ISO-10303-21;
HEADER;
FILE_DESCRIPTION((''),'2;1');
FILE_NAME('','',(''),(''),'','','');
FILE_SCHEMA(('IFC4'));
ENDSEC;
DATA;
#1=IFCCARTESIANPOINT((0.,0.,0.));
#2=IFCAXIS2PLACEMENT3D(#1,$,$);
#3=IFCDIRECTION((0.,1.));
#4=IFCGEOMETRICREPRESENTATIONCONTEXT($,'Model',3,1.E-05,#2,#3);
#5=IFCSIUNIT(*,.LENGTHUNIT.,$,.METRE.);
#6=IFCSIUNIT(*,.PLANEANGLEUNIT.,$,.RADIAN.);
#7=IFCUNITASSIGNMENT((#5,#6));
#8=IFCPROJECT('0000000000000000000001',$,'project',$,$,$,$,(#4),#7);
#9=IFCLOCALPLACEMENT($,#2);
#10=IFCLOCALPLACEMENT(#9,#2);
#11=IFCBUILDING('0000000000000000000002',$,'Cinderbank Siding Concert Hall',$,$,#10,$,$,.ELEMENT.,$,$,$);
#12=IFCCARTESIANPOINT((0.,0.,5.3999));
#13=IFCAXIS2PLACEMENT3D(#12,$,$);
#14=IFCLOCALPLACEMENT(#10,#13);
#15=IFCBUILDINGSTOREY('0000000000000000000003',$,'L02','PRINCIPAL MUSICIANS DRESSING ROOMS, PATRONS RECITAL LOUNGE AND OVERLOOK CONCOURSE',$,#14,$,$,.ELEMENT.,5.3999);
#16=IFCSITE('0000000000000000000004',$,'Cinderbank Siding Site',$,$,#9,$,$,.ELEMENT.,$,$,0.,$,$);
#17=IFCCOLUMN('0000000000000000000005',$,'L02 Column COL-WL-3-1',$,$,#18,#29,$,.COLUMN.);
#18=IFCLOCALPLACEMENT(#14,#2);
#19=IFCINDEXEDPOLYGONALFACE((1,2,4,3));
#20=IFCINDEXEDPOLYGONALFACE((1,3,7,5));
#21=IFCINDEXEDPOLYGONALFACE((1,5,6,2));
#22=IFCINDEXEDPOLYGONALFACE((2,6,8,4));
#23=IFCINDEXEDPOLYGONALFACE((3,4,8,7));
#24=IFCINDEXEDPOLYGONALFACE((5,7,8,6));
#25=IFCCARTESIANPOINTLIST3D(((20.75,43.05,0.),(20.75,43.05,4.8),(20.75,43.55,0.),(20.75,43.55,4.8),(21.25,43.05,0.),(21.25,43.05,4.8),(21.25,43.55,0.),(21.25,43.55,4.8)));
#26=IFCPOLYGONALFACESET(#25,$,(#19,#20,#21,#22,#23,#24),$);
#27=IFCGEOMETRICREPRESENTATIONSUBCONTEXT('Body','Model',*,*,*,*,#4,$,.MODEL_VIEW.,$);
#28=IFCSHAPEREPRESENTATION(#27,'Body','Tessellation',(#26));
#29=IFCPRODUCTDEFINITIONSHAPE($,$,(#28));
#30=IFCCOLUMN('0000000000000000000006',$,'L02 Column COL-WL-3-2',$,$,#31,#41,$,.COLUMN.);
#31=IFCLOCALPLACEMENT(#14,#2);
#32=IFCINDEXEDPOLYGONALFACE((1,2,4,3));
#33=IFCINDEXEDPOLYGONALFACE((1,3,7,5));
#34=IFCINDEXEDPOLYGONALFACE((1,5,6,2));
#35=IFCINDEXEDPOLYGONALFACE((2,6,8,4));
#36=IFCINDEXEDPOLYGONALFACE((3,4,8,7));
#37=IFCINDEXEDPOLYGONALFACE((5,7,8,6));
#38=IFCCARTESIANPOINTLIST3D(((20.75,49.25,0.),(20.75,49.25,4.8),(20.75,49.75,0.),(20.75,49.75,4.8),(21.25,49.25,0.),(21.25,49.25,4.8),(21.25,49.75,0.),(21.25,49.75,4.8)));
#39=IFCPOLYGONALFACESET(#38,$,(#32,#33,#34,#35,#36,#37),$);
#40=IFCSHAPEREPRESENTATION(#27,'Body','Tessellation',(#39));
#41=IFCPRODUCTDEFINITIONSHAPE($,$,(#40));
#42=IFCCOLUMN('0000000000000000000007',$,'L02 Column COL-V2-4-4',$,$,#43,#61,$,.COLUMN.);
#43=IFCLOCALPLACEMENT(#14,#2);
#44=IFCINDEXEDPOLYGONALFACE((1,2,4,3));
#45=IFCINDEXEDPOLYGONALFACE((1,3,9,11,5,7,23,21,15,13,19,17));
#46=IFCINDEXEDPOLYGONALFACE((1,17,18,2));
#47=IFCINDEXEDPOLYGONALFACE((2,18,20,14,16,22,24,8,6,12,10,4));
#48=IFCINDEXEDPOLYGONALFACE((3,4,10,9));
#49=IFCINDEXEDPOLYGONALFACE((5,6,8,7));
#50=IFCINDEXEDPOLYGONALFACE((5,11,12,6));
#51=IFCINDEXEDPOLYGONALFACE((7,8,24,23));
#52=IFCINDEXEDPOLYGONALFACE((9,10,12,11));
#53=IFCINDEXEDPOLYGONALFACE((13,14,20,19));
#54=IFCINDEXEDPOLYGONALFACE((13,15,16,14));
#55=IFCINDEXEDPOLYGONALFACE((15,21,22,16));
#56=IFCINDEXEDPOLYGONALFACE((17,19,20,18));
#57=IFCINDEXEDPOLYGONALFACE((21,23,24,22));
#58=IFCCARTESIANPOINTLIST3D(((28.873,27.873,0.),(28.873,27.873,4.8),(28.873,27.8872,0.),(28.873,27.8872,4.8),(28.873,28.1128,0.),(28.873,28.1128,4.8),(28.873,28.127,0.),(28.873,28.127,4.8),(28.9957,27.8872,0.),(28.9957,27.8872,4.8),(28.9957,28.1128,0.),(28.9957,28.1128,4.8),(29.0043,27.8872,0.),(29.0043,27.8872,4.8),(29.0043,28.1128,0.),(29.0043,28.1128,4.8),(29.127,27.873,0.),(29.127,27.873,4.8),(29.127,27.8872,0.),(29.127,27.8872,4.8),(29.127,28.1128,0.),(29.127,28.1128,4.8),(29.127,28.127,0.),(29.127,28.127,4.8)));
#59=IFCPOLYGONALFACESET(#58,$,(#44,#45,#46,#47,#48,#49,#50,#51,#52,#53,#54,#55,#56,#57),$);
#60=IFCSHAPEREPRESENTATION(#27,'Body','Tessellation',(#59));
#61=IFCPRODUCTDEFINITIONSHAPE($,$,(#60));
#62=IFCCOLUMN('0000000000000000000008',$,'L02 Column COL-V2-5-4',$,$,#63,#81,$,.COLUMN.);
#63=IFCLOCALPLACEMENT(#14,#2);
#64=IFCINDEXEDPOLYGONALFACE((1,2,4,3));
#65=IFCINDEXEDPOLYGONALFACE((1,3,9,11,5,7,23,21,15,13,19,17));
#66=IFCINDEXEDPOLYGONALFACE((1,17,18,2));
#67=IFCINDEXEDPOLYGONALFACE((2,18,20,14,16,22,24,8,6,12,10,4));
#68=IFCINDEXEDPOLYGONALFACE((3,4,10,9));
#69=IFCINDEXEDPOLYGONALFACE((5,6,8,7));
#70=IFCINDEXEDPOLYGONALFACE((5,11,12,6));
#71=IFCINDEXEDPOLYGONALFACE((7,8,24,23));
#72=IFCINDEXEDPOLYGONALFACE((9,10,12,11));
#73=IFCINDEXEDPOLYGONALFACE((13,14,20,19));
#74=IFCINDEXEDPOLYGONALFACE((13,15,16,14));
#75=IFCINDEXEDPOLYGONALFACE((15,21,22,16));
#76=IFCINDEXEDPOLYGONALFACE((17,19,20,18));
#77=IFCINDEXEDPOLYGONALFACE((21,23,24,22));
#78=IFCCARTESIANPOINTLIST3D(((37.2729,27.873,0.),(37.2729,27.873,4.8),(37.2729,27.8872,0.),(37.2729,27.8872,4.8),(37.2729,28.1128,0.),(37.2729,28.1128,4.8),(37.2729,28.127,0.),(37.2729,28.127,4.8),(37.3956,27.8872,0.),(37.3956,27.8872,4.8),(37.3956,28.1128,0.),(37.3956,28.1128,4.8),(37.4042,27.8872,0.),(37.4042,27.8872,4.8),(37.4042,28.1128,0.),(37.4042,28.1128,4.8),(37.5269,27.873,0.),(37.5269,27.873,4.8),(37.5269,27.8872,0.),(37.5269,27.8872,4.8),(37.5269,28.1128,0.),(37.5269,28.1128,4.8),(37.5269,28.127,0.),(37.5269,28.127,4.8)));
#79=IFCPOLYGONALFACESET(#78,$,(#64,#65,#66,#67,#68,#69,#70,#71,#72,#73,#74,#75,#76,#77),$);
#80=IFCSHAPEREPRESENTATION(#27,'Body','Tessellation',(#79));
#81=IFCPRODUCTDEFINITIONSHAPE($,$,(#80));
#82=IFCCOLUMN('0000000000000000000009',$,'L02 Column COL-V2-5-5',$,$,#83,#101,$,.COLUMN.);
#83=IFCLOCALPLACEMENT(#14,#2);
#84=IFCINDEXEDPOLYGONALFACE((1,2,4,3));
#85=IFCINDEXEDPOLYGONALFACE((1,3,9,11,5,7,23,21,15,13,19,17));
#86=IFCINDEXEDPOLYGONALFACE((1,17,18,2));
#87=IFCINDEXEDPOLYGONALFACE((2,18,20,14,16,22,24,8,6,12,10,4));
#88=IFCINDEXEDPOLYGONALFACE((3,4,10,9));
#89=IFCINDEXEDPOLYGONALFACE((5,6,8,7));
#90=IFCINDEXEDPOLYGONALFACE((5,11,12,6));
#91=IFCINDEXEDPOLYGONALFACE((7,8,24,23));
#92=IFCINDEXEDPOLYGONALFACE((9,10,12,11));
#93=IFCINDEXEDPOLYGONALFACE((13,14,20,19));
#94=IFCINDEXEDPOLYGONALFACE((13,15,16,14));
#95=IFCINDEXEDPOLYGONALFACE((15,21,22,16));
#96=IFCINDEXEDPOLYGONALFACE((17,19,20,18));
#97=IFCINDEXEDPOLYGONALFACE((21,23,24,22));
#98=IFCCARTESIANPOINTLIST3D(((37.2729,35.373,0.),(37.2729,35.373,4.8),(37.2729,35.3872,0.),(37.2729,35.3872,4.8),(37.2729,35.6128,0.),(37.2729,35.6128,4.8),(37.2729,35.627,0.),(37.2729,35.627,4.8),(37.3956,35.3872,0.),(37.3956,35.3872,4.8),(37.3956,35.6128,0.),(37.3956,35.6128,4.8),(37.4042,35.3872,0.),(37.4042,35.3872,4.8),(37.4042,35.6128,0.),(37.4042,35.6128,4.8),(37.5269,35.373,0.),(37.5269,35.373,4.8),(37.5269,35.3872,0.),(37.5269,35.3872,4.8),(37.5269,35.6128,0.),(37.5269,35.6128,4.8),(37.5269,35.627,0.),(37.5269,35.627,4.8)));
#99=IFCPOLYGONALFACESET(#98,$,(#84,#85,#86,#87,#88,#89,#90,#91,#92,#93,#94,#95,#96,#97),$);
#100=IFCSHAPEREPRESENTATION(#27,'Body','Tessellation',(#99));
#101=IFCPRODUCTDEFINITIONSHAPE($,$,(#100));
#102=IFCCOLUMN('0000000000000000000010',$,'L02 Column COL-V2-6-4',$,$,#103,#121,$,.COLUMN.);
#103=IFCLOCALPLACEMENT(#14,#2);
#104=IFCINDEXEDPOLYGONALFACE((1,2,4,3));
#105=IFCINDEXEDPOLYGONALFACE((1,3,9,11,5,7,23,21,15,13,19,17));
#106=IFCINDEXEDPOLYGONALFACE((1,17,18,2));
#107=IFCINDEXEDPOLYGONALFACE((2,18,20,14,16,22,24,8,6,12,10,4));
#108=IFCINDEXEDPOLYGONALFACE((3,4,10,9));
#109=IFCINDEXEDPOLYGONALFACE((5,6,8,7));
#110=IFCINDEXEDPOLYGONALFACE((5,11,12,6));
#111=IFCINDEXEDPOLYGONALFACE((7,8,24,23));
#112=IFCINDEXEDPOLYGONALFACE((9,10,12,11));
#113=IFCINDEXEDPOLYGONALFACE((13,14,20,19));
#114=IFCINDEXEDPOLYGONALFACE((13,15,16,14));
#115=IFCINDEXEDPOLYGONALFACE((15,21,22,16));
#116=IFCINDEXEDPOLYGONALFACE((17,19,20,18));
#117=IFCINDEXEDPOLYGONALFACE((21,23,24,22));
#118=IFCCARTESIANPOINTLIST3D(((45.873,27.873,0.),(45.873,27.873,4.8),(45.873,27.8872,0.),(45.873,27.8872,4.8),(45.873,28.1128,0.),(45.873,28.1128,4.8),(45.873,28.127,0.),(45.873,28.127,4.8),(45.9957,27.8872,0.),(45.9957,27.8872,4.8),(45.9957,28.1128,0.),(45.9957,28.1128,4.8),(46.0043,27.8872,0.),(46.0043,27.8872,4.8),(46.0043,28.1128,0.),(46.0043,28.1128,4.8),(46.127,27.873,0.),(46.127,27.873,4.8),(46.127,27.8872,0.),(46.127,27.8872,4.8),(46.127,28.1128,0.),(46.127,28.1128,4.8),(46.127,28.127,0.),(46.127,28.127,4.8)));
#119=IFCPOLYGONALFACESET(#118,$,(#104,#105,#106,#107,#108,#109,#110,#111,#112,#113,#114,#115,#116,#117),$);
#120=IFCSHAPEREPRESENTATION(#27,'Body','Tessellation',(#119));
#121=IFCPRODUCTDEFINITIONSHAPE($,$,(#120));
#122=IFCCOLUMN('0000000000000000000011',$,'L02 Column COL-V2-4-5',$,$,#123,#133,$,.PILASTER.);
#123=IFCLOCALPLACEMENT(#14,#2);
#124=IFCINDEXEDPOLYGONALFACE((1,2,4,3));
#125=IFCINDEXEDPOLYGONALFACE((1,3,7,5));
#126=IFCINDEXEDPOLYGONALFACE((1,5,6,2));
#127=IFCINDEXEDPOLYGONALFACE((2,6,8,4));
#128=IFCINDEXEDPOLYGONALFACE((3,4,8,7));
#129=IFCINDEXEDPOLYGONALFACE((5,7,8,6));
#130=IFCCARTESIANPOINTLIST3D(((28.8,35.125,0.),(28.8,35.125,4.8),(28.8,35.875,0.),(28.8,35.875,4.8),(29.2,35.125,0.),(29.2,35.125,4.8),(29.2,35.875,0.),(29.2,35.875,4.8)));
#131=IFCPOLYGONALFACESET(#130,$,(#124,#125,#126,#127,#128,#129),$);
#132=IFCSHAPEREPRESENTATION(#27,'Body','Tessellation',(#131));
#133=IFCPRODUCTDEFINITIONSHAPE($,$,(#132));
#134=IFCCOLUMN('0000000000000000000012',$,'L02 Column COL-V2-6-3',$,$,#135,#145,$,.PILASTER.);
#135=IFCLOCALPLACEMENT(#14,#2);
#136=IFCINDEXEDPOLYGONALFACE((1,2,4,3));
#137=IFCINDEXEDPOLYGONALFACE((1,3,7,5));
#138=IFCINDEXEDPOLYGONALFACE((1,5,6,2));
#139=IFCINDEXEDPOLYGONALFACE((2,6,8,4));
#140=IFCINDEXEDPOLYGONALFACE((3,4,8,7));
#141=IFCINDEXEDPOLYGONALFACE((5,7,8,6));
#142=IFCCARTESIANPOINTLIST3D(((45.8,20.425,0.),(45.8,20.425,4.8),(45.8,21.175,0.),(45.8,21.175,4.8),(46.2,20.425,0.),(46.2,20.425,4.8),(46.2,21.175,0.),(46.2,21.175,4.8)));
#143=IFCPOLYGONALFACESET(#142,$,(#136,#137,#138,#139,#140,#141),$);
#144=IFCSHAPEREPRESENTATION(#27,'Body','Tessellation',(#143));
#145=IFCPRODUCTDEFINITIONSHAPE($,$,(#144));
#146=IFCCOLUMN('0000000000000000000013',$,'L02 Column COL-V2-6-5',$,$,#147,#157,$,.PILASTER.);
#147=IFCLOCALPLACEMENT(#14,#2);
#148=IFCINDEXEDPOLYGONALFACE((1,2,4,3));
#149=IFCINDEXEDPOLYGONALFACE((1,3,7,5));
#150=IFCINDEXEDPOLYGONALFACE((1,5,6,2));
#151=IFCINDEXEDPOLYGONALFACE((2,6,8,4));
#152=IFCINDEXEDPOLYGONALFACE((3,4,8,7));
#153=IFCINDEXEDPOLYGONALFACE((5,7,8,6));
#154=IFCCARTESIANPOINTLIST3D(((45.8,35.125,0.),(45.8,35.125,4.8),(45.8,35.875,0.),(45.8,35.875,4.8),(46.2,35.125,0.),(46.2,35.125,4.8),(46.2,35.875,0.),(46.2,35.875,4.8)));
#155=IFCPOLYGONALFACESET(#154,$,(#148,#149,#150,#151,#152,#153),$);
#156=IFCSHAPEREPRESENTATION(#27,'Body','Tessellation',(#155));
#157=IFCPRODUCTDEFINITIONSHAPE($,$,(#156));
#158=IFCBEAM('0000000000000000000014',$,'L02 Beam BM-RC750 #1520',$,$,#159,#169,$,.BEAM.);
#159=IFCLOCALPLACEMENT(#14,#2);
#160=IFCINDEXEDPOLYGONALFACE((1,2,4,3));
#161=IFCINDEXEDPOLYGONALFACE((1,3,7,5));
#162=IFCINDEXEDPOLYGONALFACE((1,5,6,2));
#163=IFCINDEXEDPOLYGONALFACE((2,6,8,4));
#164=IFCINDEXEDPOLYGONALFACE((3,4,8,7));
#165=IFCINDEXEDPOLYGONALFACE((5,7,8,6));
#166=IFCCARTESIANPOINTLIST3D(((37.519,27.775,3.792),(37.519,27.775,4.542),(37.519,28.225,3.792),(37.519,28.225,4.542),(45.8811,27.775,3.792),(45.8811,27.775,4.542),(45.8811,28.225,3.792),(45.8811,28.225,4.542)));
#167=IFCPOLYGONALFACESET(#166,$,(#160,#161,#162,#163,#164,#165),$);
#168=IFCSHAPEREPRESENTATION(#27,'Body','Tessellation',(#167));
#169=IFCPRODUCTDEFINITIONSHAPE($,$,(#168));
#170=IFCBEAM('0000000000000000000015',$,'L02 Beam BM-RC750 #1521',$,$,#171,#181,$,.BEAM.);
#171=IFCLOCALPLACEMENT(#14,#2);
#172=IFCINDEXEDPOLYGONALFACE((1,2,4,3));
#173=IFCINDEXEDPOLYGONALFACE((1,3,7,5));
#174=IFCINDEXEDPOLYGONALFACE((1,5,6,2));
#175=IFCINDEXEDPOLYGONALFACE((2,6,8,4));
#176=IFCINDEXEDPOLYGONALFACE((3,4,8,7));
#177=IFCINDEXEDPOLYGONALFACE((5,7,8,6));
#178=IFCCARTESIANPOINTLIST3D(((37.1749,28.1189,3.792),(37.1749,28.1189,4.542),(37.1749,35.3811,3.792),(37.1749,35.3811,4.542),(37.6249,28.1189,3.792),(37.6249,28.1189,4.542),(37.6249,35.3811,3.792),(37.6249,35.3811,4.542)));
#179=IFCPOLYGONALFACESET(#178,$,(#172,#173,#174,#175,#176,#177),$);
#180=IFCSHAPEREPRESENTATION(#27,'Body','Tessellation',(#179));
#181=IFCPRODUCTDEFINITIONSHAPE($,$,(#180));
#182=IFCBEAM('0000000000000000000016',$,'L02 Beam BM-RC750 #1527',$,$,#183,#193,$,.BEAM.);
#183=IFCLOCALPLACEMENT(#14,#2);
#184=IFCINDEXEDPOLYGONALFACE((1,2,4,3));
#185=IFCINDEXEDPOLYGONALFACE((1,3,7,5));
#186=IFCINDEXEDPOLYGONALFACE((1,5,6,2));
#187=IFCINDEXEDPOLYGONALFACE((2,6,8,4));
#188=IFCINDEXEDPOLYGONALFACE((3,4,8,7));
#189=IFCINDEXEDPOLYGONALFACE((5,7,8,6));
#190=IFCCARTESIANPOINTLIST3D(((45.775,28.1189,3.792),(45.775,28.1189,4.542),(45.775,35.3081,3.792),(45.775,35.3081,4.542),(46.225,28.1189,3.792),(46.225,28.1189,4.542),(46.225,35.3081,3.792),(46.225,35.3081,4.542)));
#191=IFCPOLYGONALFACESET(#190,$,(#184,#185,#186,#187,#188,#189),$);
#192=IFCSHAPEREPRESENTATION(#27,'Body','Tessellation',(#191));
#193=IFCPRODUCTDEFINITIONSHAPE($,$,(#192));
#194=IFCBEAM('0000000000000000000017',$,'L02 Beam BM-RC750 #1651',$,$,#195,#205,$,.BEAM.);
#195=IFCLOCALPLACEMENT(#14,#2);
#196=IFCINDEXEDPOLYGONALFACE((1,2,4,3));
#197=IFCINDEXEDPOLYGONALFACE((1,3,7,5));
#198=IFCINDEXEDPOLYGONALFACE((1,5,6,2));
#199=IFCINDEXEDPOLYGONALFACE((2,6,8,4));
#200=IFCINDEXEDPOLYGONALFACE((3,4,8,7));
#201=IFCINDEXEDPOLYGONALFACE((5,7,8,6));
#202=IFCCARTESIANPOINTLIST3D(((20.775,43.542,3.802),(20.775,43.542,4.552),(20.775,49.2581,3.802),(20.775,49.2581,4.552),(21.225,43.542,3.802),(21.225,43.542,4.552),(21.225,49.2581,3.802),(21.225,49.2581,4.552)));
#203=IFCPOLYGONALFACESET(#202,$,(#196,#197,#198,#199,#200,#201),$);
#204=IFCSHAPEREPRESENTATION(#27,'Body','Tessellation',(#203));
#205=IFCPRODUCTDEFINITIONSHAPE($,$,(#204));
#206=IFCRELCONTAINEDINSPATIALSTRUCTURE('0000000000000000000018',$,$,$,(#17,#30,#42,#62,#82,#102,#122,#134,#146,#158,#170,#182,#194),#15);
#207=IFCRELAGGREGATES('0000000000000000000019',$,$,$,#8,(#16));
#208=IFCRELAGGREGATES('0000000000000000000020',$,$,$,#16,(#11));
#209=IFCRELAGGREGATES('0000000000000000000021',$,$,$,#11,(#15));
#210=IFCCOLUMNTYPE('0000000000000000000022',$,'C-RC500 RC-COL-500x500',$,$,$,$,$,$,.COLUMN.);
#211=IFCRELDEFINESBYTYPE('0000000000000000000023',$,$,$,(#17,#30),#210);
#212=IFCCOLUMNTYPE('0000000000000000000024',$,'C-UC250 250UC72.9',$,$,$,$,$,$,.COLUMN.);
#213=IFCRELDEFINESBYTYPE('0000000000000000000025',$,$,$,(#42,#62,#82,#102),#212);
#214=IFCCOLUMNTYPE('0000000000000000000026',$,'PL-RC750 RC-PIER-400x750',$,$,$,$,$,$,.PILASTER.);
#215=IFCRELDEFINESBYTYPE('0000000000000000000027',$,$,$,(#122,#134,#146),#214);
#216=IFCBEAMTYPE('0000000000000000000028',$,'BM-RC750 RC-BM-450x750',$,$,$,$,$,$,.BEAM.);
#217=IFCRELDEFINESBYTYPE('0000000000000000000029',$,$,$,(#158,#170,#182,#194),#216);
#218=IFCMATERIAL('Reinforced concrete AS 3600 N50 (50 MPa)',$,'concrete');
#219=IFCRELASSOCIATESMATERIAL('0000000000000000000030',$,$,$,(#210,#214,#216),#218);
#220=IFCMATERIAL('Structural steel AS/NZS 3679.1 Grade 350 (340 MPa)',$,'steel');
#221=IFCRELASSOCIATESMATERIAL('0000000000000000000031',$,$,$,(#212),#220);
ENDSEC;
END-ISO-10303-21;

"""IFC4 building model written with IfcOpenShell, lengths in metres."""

from ifc_helpers import new_model, si_unit, direction, frame, origin, origin_2d, place, context, subcontext, project, spatial, rectangle, i_section, extrude, material, material_profile, profile_set, type_object, element, save


model = new_model("IFC4")

# Units and contexts
model_context = context("Model", 3, precision=1e-05, world=origin(), true_north=direction((0.0, 1.0)))
body_context = subcontext(model_context, "Body", "Model", "MODEL_VIEW")
ifc_project = project(units=[si_unit("LENGTHUNIT", "METRE"), si_unit("PLANEANGLEUNIT", "RADIAN")], contexts=[model_context])

# Site, building, storey
site_placement = place(None, origin())
site = spatial("IfcSite", under=ifc_project, at=site_placement, Name="Cinderbank Siding Site", CompositionType="ELEMENT", RefElevation=0.0)
building_placement = place(site_placement, origin())
building = spatial("IfcBuilding", under=site, at=building_placement, Name="Cinderbank Siding Concert Hall", CompositionType="ELEMENT")
storey_placement = place(building_placement, frame((0.0, 0.0, 5.3999)))
storey = spatial("IfcBuildingStorey", under=building, at=storey_placement, Name="L02", Description="PRINCIPAL MUSICIANS DRESSING ROOMS, PATRONS RECITAL LOUNGE AND OVERLOOK CONCOURSE", CompositionType="ELEMENT", Elevation=5.3999)

# Columns
ifc_material_1 = material(Name="Reinforced concrete AS 3600 N50 (50 MPa)", Category="concrete")
ifc_material_profile_1 = material_profile(ifc_material_1, rectangle(XDim=0.5, YDim=0.5, at=origin_2d()), Name="RC-COL-500x500", Category="LoadBearing")
ifc_profile_set_1 = profile_set([ifc_material_profile_1], Name="Reinforced concrete AS 3600 N50 (50 MPa)")
column_type_1 = type_object("IfcColumnType", Name="C-RC500 RC-COL-500x500", PredefinedType="COLUMN", material=ifc_profile_set_1)
for number, where, z_axis, x_axis, name in (
    (1, (21.0, 43.3, 0.0), (0.0, 0.0, 1.0), (1.0, 0.0, 0.0), "L02 Column COL-WL-3-1"),
    (2, (21.0, 49.5, 0.0), (0.0, 0.0, 1.0), (1.0, 0.0, 0.0), "L02 Column COL-WL-3-2"),
):
    element("IfcColumn", number, at=place(storey_placement, frame(where, z_axis=z_axis, x_axis=x_axis)), inside=storey, type_object=column_type_1, Name=name, PredefinedType="COLUMN", context=body_context, shape_type="SweptSolid", body=[
        extrude(rectangle(XDim=0.5, YDim=0.5, at=origin_2d()), origin(), (0.0, 0.0, 1.0), 4.8),
    ])
ifc_material_2 = material(Name="Structural steel AS/NZS 3679.1 Grade 350 (340 MPa)", Category="steel")
ifc_material_profile_2 = material_profile(ifc_material_2, i_section(OverallWidth=0.2539, OverallDepth=0.2539, WebThickness=0.0085, FlangeThickness=0.0142, at=origin_2d()), Name="250UC72.9", Category="LoadBearing")
ifc_profile_set_2 = profile_set([ifc_material_profile_2], Name="Structural steel AS/NZS 3679.1 Grade 350 (340 MPa)")
column_type_2 = type_object("IfcColumnType", Name="C-UC250 250UC72.9", PredefinedType="COLUMN", material=ifc_profile_set_2)
for number, where, z_axis, x_axis, name in (
    (3, (29.0, 28.0, 0.0), (0.0, 0.0, 1.0), (1.0, 0.0, 0.0), "L02 Column COL-V2-4-4"),
    (4, (37.3999, 28.0, 0.0), (0.0, 0.0, 1.0), (1.0, 0.0, 0.0), "L02 Column COL-V2-5-4"),
    (5, (37.3999, 35.5, 0.0), (0.0, 0.0, 1.0), (1.0, 0.0, 0.0), "L02 Column COL-V2-5-5"),
    (6, (46.0, 28.0, 0.0), (0.0, 0.0, 1.0), (1.0, 0.0, 0.0), "L02 Column COL-V2-6-4"),
):
    element("IfcColumn", number, at=place(storey_placement, frame(where, z_axis=z_axis, x_axis=x_axis)), inside=storey, type_object=column_type_2, Name=name, PredefinedType="COLUMN", context=body_context, shape_type="SweptSolid", body=[
        extrude(i_section(OverallWidth=0.2539, OverallDepth=0.2539, WebThickness=0.0085, FlangeThickness=0.0142, at=origin_2d()), origin(), (0.0, 0.0, 1.0), 4.8),
    ])
ifc_material_profile_3 = material_profile(ifc_material_1, rectangle(XDim=0.3999, YDim=0.75, at=origin_2d()), Name="RC-PIER-400x750", Category="LoadBearing")
ifc_profile_set_3 = profile_set([ifc_material_profile_3], Name="Reinforced concrete AS 3600 N50 (50 MPa)")
column_type_3 = type_object("IfcColumnType", Name="PL-RC750 RC-PIER-400x750", PredefinedType="PILASTER", material=ifc_profile_set_3)
for number, where, z_axis, x_axis, name in (
    (7, (29.0, 35.5, 0.0), (0.0, 0.0, 1.0), (1.0, 0.0, 0.0), "L02 Column COL-V2-4-5"),
    (8, (46.0, 20.8, 0.0), (0.0, 0.0, 1.0), (1.0, 0.0, 0.0), "L02 Column COL-V2-6-3"),
    (9, (46.0, 35.5, 0.0), (0.0, 0.0, 1.0), (1.0, 0.0, 0.0), "L02 Column COL-V2-6-5"),
):
    element("IfcColumn", number, at=place(storey_placement, frame(where, z_axis=z_axis, x_axis=x_axis)), inside=storey, type_object=column_type_3, Name=name, PredefinedType="PILASTER", context=body_context, shape_type="SweptSolid", body=[
        extrude(rectangle(XDim=0.3999, YDim=0.75, at=origin_2d()), origin(), (0.0, 0.0, 1.0), 4.8),
    ])

# Beams
ifc_material_profile_4 = material_profile(ifc_material_1, rectangle(XDim=0.45, YDim=0.75, at=origin_2d()), Name="RC-BM-450x750", Category="LoadBearing")
ifc_profile_set_4 = profile_set([ifc_material_profile_4], Name="Reinforced concrete AS 3600 N50 (50 MPa)")
beam_type_1 = type_object("IfcBeamType", Name="BM-RC750 RC-BM-450x750", PredefinedType="BEAM", material=ifc_profile_set_4)
beam_1_placement = place(storey_placement, frame((37.519, 28.0, 4.167), z_axis=(1.0, 0.0, 0.0), x_axis=(0.0, 1.0, 0.0)))
element("IfcBeam", 10, at=beam_1_placement, inside=storey, type_object=beam_type_1, Name="L02 Beam BM-RC750 #1520", PredefinedType="BEAM", context=body_context, shape_type="SweptSolid", body=[
    extrude(rectangle(XDim=0.45, YDim=0.75, at=origin_2d()), origin(), (0.0, 0.0, 1.0), 8.3621),
])
beam_2_placement = place(storey_placement, frame((37.3999, 28.1189, 4.167), z_axis=(0.0, 1.0, 0.0), x_axis=(-1.0, 0.0, 0.0)))
element("IfcBeam", 11, at=beam_2_placement, inside=storey, type_object=beam_type_1, Name="L02 Beam BM-RC750 #1521", PredefinedType="BEAM", context=body_context, shape_type="SweptSolid", body=[
    extrude(rectangle(XDim=0.45, YDim=0.75, at=origin_2d()), origin(), (0.0, 0.0, 1.0), 7.2622),
])
beam_3_placement = place(storey_placement, frame((46.0, 28.1189, 4.167), z_axis=(0.0, 1.0, 0.0), x_axis=(-1.0, 0.0, 0.0)))
element("IfcBeam", 12, at=beam_3_placement, inside=storey, type_object=beam_type_1, Name="L02 Beam BM-RC750 #1527", PredefinedType="BEAM", context=body_context, shape_type="SweptSolid", body=[
    extrude(rectangle(XDim=0.45, YDim=0.75, at=origin_2d()), origin(), (0.0, 0.0, 1.0), 7.1892),
])
beam_4_placement = place(storey_placement, frame((21.0, 43.542, 4.177), z_axis=(0.0, 1.0, 0.0), x_axis=(-1.0, 0.0, 0.0)))
element("IfcBeam", 13, at=beam_4_placement, inside=storey, type_object=beam_type_1, Name="L02 Beam BM-RC750 #1651", PredefinedType="BEAM", context=body_context, shape_type="SweptSolid", body=[
    extrude(rectangle(XDim=0.45, YDim=0.75, at=origin_2d()), origin(), (0.0, 0.0, 1.0), 5.7161),
])

save(model, "model.ifc")
